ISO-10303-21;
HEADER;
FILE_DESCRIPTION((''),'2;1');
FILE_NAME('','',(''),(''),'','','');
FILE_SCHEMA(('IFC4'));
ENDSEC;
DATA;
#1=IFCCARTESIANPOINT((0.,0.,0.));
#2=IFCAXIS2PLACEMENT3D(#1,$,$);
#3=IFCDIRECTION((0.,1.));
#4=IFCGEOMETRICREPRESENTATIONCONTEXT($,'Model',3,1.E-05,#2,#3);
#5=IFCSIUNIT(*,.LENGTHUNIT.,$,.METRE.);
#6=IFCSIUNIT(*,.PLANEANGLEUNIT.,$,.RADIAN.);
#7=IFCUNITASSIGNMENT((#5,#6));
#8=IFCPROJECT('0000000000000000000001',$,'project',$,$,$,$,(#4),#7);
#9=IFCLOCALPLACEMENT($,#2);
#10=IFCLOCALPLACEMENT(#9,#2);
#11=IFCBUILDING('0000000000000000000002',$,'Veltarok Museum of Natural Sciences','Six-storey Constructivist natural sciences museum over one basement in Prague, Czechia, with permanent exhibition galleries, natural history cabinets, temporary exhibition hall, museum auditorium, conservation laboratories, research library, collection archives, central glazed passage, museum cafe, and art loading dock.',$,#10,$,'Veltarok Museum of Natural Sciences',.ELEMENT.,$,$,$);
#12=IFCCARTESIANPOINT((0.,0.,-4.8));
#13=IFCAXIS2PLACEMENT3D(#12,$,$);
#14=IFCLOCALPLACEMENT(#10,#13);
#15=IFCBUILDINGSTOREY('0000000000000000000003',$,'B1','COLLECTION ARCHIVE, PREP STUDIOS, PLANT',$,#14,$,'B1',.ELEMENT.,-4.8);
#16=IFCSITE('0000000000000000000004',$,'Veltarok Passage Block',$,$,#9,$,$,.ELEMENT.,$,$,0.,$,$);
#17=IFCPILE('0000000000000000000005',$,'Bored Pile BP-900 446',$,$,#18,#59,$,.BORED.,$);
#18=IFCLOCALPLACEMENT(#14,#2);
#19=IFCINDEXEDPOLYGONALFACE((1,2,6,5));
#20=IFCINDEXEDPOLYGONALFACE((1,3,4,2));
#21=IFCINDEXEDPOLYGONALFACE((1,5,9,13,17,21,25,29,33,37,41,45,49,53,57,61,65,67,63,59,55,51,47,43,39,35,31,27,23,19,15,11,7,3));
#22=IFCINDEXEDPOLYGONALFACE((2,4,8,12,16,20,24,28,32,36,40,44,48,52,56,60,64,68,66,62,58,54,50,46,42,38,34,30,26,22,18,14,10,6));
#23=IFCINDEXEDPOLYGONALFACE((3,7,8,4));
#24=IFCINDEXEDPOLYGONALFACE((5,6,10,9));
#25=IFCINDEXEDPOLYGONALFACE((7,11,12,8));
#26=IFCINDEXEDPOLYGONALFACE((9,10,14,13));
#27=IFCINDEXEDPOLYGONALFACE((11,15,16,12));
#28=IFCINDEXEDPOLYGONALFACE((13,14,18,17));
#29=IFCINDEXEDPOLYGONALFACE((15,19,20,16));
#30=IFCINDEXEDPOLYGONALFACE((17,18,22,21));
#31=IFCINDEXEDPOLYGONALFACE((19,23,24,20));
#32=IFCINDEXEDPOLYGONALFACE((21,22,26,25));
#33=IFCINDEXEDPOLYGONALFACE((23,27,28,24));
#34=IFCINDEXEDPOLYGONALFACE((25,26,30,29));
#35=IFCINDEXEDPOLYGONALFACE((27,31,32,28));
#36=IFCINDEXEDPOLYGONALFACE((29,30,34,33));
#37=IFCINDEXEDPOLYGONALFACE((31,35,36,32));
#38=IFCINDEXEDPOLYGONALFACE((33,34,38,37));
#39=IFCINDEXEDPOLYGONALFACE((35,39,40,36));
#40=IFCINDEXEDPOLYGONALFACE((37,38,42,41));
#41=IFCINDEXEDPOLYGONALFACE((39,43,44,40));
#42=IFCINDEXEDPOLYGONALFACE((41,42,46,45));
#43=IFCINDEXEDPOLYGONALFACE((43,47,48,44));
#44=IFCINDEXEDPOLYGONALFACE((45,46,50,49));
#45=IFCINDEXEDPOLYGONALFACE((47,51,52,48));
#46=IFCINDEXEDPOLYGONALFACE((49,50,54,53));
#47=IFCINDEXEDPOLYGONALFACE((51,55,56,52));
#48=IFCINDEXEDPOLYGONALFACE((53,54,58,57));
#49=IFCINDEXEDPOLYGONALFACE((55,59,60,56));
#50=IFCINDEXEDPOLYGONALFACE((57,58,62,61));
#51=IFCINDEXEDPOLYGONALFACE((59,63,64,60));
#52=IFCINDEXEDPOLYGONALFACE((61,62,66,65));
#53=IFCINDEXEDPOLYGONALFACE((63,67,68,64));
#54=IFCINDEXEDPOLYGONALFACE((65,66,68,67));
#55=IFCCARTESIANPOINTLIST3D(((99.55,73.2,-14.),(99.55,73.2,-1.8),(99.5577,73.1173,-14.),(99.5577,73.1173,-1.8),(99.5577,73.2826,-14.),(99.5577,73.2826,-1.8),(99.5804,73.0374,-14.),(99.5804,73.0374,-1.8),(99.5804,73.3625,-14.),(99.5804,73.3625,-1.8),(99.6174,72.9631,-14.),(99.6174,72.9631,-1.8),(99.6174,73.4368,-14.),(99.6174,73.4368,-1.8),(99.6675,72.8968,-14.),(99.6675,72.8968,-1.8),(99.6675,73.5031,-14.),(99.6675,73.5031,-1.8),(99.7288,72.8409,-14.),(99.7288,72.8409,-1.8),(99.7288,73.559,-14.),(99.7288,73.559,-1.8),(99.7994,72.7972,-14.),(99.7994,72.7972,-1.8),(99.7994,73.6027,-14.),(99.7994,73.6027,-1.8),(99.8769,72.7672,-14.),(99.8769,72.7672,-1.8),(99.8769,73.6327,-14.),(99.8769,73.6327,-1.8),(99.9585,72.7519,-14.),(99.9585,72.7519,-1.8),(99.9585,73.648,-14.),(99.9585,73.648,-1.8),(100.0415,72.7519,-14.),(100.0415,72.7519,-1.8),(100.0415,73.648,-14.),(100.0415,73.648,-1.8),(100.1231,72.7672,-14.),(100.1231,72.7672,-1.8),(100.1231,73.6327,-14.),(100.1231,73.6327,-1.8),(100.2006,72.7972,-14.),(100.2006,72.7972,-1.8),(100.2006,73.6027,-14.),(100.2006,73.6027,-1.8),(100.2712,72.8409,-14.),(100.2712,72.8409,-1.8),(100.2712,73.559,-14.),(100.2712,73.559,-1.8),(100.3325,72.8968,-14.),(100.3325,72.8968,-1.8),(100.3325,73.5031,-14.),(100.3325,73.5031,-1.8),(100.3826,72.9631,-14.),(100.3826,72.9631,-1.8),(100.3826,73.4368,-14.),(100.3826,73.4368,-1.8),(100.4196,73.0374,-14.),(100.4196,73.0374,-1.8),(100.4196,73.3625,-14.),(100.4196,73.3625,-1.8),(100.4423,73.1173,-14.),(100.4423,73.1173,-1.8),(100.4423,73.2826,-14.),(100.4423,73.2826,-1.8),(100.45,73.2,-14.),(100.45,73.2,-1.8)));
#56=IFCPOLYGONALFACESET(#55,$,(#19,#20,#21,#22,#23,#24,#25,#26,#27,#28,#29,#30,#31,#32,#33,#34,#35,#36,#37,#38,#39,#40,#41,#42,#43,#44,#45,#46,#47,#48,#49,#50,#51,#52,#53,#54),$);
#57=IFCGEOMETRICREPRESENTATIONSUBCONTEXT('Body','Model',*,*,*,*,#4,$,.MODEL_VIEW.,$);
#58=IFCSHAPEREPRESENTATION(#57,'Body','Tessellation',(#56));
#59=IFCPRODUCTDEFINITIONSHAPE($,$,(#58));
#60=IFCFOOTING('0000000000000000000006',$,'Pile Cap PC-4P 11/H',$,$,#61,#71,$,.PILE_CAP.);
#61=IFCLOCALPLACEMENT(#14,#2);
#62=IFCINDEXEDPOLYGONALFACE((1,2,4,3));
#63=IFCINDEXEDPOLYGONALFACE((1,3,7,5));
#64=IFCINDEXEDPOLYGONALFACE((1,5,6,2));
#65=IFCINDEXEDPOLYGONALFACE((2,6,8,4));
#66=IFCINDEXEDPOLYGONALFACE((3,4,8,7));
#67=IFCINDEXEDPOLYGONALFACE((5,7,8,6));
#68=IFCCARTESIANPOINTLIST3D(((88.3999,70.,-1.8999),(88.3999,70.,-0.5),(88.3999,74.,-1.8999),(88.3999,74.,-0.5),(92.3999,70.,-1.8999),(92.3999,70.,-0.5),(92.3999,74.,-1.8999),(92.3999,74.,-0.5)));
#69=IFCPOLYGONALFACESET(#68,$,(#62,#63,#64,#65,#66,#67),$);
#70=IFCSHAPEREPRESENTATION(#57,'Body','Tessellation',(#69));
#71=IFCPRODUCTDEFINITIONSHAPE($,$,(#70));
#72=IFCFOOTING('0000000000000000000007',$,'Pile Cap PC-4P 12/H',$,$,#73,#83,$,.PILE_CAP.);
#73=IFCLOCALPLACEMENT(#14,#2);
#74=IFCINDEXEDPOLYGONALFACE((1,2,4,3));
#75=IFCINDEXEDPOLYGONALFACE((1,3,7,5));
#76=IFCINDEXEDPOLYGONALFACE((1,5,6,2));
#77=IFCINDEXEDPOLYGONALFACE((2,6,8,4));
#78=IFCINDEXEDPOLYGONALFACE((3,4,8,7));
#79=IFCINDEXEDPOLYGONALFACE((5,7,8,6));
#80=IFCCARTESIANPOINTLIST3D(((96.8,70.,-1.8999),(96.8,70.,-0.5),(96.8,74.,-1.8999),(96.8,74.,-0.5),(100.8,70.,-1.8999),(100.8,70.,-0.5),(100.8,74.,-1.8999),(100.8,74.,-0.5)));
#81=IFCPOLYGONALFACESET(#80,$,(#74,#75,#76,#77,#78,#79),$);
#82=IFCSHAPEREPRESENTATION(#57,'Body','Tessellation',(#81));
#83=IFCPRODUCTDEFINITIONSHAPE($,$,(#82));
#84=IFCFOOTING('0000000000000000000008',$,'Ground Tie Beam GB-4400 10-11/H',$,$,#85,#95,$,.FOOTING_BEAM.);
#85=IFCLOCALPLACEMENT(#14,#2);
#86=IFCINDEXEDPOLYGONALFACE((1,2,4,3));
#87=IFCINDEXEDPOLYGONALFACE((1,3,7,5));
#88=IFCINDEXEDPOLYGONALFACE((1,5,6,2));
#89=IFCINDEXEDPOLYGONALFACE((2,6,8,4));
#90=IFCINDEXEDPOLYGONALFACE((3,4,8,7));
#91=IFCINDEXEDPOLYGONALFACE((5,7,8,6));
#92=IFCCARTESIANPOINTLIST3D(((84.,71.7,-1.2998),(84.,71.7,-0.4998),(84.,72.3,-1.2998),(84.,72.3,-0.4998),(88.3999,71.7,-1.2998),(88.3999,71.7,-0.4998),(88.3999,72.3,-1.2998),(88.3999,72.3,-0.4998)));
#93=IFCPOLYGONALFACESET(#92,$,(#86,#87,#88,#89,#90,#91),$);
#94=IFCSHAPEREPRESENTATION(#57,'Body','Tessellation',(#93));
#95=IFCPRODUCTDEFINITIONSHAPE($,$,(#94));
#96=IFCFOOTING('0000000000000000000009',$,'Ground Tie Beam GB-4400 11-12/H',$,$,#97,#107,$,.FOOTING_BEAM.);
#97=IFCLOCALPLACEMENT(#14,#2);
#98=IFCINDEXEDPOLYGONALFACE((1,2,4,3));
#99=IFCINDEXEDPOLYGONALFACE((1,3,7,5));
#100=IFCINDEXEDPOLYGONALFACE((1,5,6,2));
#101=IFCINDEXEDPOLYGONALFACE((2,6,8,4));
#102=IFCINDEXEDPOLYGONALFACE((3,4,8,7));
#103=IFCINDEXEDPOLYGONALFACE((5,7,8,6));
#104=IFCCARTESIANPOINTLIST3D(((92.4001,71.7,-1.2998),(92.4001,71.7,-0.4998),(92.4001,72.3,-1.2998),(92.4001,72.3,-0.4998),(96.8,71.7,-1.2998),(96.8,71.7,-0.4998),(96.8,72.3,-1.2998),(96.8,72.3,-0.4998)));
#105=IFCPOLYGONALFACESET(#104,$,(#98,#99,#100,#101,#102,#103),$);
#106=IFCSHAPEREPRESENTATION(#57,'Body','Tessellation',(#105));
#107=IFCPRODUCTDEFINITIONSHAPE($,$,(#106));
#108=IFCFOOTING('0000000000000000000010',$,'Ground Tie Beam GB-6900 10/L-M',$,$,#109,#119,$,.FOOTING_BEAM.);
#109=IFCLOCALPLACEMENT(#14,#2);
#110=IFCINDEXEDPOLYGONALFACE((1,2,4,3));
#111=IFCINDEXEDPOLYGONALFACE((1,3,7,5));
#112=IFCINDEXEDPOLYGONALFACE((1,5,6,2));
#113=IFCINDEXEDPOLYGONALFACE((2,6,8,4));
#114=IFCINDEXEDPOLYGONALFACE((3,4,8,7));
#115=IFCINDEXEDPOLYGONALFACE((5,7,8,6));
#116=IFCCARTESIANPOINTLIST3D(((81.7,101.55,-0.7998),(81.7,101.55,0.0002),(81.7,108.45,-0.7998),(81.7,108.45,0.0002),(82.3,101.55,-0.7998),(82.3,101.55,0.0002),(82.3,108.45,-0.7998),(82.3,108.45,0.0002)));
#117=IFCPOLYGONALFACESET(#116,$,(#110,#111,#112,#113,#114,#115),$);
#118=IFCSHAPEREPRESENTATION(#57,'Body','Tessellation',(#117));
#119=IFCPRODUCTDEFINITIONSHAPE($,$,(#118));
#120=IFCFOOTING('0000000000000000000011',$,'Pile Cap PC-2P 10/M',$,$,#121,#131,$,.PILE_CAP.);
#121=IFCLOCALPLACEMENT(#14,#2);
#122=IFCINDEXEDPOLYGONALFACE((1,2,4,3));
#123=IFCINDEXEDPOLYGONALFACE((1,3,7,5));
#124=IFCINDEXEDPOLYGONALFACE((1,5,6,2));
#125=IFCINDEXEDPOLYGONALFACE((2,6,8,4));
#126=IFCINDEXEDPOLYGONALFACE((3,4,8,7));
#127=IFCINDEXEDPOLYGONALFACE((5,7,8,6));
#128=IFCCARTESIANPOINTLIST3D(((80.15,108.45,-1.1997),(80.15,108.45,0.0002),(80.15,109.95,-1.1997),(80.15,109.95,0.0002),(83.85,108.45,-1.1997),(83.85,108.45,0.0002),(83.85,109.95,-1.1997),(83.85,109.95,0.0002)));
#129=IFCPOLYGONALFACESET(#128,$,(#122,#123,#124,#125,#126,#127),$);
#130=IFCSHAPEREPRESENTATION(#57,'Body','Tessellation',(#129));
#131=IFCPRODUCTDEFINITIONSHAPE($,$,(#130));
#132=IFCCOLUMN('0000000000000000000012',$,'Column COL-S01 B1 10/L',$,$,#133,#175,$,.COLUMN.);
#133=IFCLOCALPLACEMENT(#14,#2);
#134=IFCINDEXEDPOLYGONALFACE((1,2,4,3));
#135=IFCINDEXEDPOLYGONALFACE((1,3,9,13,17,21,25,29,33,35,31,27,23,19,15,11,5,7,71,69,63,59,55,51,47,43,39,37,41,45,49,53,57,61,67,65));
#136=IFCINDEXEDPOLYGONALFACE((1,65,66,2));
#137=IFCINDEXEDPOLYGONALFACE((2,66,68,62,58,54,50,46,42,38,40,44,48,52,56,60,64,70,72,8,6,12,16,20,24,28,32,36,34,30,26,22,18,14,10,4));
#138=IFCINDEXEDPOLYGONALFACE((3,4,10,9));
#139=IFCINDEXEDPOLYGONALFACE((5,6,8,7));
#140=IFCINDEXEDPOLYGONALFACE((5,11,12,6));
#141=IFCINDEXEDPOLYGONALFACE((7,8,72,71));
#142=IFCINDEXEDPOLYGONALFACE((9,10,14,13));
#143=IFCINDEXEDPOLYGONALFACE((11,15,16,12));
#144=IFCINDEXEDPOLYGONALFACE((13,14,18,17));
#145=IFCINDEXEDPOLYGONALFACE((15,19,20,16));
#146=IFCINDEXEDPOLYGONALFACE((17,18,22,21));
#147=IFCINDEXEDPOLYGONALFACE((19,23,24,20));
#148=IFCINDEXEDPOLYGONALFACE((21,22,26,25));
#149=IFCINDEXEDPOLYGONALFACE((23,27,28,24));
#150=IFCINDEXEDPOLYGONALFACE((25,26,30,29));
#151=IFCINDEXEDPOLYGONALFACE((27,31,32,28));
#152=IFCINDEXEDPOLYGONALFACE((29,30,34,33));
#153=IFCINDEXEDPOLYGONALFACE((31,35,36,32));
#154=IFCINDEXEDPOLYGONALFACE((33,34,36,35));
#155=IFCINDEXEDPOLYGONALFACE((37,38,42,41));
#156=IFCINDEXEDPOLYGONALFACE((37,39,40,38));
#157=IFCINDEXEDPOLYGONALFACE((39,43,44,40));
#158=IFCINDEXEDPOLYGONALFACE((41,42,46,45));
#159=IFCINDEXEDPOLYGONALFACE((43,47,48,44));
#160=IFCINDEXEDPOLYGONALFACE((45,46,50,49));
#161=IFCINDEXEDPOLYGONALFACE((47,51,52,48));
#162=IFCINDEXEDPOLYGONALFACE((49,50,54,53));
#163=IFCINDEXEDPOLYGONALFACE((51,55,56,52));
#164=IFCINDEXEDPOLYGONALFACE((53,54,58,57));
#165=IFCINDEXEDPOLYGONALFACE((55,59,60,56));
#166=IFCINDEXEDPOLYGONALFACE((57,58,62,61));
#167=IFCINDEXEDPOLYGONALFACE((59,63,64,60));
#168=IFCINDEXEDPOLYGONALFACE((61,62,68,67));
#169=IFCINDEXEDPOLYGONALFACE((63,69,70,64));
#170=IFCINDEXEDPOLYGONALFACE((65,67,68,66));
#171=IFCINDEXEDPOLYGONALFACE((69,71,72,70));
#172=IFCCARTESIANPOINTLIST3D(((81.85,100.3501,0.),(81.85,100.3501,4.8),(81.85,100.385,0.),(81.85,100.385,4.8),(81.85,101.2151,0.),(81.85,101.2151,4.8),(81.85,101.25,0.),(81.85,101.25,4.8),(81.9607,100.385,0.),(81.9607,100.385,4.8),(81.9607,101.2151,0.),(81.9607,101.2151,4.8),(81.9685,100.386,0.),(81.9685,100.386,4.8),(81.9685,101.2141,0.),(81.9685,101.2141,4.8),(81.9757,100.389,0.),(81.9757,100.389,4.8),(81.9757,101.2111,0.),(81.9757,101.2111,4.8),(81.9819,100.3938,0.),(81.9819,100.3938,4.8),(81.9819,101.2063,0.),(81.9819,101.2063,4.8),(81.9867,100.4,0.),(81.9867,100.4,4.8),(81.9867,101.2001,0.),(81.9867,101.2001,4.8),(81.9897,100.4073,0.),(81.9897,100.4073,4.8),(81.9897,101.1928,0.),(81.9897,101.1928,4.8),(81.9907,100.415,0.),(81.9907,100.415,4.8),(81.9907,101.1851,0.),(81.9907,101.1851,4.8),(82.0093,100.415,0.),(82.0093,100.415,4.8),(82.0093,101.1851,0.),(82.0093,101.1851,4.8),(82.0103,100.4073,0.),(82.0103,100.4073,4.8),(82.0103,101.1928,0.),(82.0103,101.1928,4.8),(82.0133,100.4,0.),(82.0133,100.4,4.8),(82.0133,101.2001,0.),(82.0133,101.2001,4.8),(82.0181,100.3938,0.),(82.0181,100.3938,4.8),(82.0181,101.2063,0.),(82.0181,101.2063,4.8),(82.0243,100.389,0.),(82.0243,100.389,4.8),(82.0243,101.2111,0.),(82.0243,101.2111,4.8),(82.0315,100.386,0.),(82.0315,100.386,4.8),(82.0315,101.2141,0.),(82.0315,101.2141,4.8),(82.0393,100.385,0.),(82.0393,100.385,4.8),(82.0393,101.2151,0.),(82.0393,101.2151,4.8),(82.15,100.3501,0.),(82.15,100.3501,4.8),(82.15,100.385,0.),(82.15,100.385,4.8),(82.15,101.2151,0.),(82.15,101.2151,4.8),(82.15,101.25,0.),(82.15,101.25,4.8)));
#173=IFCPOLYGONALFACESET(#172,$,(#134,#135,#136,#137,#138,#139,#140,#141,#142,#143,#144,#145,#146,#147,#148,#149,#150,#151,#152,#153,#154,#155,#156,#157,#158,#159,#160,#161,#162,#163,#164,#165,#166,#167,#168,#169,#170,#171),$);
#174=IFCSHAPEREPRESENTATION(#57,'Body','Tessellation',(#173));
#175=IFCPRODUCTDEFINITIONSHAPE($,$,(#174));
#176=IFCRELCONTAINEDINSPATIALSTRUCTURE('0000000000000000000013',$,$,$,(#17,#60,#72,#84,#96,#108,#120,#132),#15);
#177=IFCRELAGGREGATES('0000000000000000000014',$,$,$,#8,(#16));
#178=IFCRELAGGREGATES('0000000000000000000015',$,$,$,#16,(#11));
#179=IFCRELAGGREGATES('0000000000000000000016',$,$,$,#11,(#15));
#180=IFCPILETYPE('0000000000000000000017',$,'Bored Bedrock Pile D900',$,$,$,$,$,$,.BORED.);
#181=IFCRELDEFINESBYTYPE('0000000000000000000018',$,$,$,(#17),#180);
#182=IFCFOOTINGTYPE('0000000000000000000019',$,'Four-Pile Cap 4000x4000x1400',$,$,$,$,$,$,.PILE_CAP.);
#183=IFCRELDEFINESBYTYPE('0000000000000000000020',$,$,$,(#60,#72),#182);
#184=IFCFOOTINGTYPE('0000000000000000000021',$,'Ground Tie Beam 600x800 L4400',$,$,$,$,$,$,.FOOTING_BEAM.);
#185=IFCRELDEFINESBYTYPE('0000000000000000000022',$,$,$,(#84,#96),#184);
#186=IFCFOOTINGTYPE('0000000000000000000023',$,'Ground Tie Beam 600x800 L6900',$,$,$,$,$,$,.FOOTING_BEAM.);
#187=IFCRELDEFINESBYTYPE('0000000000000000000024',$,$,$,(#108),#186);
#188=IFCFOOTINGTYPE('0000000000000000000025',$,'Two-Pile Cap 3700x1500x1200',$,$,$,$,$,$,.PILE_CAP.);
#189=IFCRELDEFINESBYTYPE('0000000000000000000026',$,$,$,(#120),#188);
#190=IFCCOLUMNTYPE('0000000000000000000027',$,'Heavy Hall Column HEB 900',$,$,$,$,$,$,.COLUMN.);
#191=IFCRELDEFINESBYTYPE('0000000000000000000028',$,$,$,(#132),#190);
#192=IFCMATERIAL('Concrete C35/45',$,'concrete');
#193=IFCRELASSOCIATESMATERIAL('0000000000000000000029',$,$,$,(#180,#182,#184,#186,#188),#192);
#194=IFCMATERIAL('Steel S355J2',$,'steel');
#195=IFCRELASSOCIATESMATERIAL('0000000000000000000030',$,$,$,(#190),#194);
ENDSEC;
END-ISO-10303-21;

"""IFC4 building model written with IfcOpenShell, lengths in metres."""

from ifc_helpers import new_model, si_unit, direction, frame, origin, origin_2d, place, context, subcontext, project, spatial, rectangle, circle, i_section, extrude, material, material_profile, profile_set, type_object, element, save


model = new_model("IFC4")

# Units and contexts
model_context = context("Model", 3, precision=1e-05, world=origin(), true_north=direction((0.0, 1.0)))
body_context = subcontext(model_context, "Body", "Model", "MODEL_VIEW")
ifc_project = project(units=[si_unit("LENGTHUNIT", "METRE"), si_unit("PLANEANGLEUNIT", "RADIAN")], contexts=[model_context])

# Site, building, storey
site_placement = place(None, origin())
site = spatial("IfcSite", under=ifc_project, at=site_placement, Name="Veltarok Passage Block", CompositionType="ELEMENT", RefElevation=0.0)
building_placement = place(site_placement, origin())
building = spatial("IfcBuilding", under=site, at=building_placement, Name="Veltarok Museum of Natural Sciences", Description="Six-storey Constructivist natural sciences museum over one basement in Prague, Czechia, with permanent exhibition galleries, natural history cabinets, temporary exhibition hall, museum auditorium, conservation laboratories, research library, collection archives, central glazed passage, museum cafe, and art loading dock.", LongName="Veltarok Museum of Natural Sciences", CompositionType="ELEMENT")
storey_placement = place(building_placement, frame((0.0, 0.0, -4.8)))
storey = spatial("IfcBuildingStorey", under=building, at=storey_placement, Name="B1", Description="COLLECTION ARCHIVE, PREP STUDIOS, PLANT", LongName="B1", CompositionType="ELEMENT", Elevation=-4.8)

# Pile
ifc_material_1 = material(Name="Concrete C35/45", Category="concrete")
ifc_material_profile_1 = material_profile(ifc_material_1, circle(Radius=0.45, at=origin_2d()), Name="BP D900")
ifc_profile_set_1 = profile_set([ifc_material_profile_1], Name="Concrete C35/45")
pile_type_1 = type_object("IfcPileType", Name="Bored Bedrock Pile D900", PredefinedType="BORED", material=ifc_profile_set_1)
for number, where, z_axis, x_axis, name in (
    (1, (100.0, 73.2, -1.8), (0.0, 0.0, -1.0), (1.0, 0.0, 0.0), "Bored Pile BP-900 446"),
):
    element("IfcPile", number, at=place(storey_placement, frame(where, z_axis=z_axis, x_axis=x_axis)), inside=storey, type_object=pile_type_1, Name=name, PredefinedType="BORED", context=body_context, shape_type="SweptSolid", body=[
        extrude(circle(Radius=0.45, at=origin_2d()), origin(), (0.0, 0.0, 1.0), 12.2),
    ])

# Footings
footing_type_1 = type_object("IfcFootingType", Name="Four-Pile Cap 4000x4000x1400", PredefinedType="PILE_CAP", material=ifc_material_1)
for number, where, z_axis, x_axis, name in (
    (2, (90.3999, 72.0, -1.8999), (0.0, 0.0, 1.0), (1.0, 0.0, 0.0), "Pile Cap PC-4P 11/H"),
    (3, (98.8, 72.0, -1.8999), (0.0, 0.0, 1.0), (1.0, 0.0, 0.0), "Pile Cap PC-4P 12/H"),
):
    element("IfcFooting", number, at=place(storey_placement, frame(where, z_axis=z_axis, x_axis=x_axis)), inside=storey, type_object=footing_type_1, Name=name, PredefinedType="PILE_CAP", context=body_context, shape_type="SweptSolid", body=[
        extrude(rectangle(XDim=4.0, YDim=4.0, at=origin_2d()), origin(), (0.0, 0.0, 1.0), 1.3999),
    ])
footing_type_2 = type_object("IfcFootingType", Name="Ground Tie Beam 600x800 L4400", PredefinedType="FOOTING_BEAM", material=ifc_material_1)
for number, where, z_axis, x_axis, name in (
    (4, (86.2, 72.0, -1.2998), (0.0, 0.0, 1.0), (1.0, 0.0, 0.0), "Ground Tie Beam GB-4400 10-11/H"),
    (5, (94.6001, 72.0, -1.2998), (0.0, 0.0, 1.0), (1.0, 0.0, 0.0), "Ground Tie Beam GB-4400 11-12/H"),
):
    element("IfcFooting", number, at=place(storey_placement, frame(where, z_axis=z_axis, x_axis=x_axis)), inside=storey, type_object=footing_type_2, Name=name, PredefinedType="FOOTING_BEAM", context=body_context, shape_type="SweptSolid", body=[
        extrude(rectangle(XDim=4.3999, YDim=0.6001, at=origin_2d()), origin(), (0.0, 0.0, 1.0), 0.8),
    ])
footing_type_3 = type_object("IfcFootingType", Name="Ground Tie Beam 600x800 L6900", PredefinedType="FOOTING_BEAM", material=ifc_material_1)
footing_1_placement = place(storey_placement, frame((82.0, 105.0, -0.7998), z_axis=(0.0, 0.0, 1.0), x_axis=(0.0, 1.0, 0.0)))
element("IfcFooting", 6, at=footing_1_placement, inside=storey, type_object=footing_type_3, Name="Ground Tie Beam GB-6900 10/L-M", PredefinedType="FOOTING_BEAM", context=body_context, shape_type="SweptSolid", body=[
    extrude(rectangle(XDim=6.8999, YDim=0.6001, at=origin_2d()), origin(), (0.0, 0.0, 1.0), 0.8),
])
footing_type_4 = type_object("IfcFootingType", Name="Two-Pile Cap 3700x1500x1200", PredefinedType="PILE_CAP", material=ifc_material_1)
footing_2_placement = place(storey_placement, frame((82.0, 109.2, -1.1997), z_axis=(0.0, 0.0, 1.0), x_axis=(1.0, 0.0, 0.0)))
element("IfcFooting", 7, at=footing_2_placement, inside=storey, type_object=footing_type_4, Name="Pile Cap PC-2P 10/M", PredefinedType="PILE_CAP", context=body_context, shape_type="SweptSolid", body=[
    extrude(rectangle(XDim=3.7, YDim=1.5, at=origin_2d()), origin(), (0.0, 0.0, 1.0), 1.2),
])

# Column
ifc_material_2 = material(Name="Steel S355J2", Category="steel")
ifc_material_profile_2 = material_profile(ifc_material_2, i_section(OverallWidth=0.3, OverallDepth=0.8999, WebThickness=0.0186, FlangeThickness=0.0349, FilletRadius=0.03, at=origin_2d()), Name="HEB 900")
ifc_profile_set_2 = profile_set([ifc_material_profile_2], Name="Steel S355J2")
column_type = type_object("IfcColumnType", Name="Heavy Hall Column HEB 900", PredefinedType="COLUMN", material=ifc_profile_set_2)
for number, where, z_axis, x_axis, name in (
    (8, (82.0, 100.8, 0.0), (0.0, 0.0, 1.0), (1.0, 0.0, 0.0), "Column COL-S01 B1 10/L"),
):
    element("IfcColumn", number, at=place(storey_placement, frame(where, z_axis=z_axis, x_axis=x_axis)), inside=storey, type_object=column_type, Name=name, PredefinedType="COLUMN", context=body_context, shape_type="SweptSolid", body=[
        extrude(i_section(OverallWidth=0.3, OverallDepth=0.8999, WebThickness=0.0186, FlangeThickness=0.0349, FilletRadius=0.03, at=origin_2d()), origin(), (0.0, 0.0, 1.0), 4.8),
    ])

save(model, "model.ifc")
